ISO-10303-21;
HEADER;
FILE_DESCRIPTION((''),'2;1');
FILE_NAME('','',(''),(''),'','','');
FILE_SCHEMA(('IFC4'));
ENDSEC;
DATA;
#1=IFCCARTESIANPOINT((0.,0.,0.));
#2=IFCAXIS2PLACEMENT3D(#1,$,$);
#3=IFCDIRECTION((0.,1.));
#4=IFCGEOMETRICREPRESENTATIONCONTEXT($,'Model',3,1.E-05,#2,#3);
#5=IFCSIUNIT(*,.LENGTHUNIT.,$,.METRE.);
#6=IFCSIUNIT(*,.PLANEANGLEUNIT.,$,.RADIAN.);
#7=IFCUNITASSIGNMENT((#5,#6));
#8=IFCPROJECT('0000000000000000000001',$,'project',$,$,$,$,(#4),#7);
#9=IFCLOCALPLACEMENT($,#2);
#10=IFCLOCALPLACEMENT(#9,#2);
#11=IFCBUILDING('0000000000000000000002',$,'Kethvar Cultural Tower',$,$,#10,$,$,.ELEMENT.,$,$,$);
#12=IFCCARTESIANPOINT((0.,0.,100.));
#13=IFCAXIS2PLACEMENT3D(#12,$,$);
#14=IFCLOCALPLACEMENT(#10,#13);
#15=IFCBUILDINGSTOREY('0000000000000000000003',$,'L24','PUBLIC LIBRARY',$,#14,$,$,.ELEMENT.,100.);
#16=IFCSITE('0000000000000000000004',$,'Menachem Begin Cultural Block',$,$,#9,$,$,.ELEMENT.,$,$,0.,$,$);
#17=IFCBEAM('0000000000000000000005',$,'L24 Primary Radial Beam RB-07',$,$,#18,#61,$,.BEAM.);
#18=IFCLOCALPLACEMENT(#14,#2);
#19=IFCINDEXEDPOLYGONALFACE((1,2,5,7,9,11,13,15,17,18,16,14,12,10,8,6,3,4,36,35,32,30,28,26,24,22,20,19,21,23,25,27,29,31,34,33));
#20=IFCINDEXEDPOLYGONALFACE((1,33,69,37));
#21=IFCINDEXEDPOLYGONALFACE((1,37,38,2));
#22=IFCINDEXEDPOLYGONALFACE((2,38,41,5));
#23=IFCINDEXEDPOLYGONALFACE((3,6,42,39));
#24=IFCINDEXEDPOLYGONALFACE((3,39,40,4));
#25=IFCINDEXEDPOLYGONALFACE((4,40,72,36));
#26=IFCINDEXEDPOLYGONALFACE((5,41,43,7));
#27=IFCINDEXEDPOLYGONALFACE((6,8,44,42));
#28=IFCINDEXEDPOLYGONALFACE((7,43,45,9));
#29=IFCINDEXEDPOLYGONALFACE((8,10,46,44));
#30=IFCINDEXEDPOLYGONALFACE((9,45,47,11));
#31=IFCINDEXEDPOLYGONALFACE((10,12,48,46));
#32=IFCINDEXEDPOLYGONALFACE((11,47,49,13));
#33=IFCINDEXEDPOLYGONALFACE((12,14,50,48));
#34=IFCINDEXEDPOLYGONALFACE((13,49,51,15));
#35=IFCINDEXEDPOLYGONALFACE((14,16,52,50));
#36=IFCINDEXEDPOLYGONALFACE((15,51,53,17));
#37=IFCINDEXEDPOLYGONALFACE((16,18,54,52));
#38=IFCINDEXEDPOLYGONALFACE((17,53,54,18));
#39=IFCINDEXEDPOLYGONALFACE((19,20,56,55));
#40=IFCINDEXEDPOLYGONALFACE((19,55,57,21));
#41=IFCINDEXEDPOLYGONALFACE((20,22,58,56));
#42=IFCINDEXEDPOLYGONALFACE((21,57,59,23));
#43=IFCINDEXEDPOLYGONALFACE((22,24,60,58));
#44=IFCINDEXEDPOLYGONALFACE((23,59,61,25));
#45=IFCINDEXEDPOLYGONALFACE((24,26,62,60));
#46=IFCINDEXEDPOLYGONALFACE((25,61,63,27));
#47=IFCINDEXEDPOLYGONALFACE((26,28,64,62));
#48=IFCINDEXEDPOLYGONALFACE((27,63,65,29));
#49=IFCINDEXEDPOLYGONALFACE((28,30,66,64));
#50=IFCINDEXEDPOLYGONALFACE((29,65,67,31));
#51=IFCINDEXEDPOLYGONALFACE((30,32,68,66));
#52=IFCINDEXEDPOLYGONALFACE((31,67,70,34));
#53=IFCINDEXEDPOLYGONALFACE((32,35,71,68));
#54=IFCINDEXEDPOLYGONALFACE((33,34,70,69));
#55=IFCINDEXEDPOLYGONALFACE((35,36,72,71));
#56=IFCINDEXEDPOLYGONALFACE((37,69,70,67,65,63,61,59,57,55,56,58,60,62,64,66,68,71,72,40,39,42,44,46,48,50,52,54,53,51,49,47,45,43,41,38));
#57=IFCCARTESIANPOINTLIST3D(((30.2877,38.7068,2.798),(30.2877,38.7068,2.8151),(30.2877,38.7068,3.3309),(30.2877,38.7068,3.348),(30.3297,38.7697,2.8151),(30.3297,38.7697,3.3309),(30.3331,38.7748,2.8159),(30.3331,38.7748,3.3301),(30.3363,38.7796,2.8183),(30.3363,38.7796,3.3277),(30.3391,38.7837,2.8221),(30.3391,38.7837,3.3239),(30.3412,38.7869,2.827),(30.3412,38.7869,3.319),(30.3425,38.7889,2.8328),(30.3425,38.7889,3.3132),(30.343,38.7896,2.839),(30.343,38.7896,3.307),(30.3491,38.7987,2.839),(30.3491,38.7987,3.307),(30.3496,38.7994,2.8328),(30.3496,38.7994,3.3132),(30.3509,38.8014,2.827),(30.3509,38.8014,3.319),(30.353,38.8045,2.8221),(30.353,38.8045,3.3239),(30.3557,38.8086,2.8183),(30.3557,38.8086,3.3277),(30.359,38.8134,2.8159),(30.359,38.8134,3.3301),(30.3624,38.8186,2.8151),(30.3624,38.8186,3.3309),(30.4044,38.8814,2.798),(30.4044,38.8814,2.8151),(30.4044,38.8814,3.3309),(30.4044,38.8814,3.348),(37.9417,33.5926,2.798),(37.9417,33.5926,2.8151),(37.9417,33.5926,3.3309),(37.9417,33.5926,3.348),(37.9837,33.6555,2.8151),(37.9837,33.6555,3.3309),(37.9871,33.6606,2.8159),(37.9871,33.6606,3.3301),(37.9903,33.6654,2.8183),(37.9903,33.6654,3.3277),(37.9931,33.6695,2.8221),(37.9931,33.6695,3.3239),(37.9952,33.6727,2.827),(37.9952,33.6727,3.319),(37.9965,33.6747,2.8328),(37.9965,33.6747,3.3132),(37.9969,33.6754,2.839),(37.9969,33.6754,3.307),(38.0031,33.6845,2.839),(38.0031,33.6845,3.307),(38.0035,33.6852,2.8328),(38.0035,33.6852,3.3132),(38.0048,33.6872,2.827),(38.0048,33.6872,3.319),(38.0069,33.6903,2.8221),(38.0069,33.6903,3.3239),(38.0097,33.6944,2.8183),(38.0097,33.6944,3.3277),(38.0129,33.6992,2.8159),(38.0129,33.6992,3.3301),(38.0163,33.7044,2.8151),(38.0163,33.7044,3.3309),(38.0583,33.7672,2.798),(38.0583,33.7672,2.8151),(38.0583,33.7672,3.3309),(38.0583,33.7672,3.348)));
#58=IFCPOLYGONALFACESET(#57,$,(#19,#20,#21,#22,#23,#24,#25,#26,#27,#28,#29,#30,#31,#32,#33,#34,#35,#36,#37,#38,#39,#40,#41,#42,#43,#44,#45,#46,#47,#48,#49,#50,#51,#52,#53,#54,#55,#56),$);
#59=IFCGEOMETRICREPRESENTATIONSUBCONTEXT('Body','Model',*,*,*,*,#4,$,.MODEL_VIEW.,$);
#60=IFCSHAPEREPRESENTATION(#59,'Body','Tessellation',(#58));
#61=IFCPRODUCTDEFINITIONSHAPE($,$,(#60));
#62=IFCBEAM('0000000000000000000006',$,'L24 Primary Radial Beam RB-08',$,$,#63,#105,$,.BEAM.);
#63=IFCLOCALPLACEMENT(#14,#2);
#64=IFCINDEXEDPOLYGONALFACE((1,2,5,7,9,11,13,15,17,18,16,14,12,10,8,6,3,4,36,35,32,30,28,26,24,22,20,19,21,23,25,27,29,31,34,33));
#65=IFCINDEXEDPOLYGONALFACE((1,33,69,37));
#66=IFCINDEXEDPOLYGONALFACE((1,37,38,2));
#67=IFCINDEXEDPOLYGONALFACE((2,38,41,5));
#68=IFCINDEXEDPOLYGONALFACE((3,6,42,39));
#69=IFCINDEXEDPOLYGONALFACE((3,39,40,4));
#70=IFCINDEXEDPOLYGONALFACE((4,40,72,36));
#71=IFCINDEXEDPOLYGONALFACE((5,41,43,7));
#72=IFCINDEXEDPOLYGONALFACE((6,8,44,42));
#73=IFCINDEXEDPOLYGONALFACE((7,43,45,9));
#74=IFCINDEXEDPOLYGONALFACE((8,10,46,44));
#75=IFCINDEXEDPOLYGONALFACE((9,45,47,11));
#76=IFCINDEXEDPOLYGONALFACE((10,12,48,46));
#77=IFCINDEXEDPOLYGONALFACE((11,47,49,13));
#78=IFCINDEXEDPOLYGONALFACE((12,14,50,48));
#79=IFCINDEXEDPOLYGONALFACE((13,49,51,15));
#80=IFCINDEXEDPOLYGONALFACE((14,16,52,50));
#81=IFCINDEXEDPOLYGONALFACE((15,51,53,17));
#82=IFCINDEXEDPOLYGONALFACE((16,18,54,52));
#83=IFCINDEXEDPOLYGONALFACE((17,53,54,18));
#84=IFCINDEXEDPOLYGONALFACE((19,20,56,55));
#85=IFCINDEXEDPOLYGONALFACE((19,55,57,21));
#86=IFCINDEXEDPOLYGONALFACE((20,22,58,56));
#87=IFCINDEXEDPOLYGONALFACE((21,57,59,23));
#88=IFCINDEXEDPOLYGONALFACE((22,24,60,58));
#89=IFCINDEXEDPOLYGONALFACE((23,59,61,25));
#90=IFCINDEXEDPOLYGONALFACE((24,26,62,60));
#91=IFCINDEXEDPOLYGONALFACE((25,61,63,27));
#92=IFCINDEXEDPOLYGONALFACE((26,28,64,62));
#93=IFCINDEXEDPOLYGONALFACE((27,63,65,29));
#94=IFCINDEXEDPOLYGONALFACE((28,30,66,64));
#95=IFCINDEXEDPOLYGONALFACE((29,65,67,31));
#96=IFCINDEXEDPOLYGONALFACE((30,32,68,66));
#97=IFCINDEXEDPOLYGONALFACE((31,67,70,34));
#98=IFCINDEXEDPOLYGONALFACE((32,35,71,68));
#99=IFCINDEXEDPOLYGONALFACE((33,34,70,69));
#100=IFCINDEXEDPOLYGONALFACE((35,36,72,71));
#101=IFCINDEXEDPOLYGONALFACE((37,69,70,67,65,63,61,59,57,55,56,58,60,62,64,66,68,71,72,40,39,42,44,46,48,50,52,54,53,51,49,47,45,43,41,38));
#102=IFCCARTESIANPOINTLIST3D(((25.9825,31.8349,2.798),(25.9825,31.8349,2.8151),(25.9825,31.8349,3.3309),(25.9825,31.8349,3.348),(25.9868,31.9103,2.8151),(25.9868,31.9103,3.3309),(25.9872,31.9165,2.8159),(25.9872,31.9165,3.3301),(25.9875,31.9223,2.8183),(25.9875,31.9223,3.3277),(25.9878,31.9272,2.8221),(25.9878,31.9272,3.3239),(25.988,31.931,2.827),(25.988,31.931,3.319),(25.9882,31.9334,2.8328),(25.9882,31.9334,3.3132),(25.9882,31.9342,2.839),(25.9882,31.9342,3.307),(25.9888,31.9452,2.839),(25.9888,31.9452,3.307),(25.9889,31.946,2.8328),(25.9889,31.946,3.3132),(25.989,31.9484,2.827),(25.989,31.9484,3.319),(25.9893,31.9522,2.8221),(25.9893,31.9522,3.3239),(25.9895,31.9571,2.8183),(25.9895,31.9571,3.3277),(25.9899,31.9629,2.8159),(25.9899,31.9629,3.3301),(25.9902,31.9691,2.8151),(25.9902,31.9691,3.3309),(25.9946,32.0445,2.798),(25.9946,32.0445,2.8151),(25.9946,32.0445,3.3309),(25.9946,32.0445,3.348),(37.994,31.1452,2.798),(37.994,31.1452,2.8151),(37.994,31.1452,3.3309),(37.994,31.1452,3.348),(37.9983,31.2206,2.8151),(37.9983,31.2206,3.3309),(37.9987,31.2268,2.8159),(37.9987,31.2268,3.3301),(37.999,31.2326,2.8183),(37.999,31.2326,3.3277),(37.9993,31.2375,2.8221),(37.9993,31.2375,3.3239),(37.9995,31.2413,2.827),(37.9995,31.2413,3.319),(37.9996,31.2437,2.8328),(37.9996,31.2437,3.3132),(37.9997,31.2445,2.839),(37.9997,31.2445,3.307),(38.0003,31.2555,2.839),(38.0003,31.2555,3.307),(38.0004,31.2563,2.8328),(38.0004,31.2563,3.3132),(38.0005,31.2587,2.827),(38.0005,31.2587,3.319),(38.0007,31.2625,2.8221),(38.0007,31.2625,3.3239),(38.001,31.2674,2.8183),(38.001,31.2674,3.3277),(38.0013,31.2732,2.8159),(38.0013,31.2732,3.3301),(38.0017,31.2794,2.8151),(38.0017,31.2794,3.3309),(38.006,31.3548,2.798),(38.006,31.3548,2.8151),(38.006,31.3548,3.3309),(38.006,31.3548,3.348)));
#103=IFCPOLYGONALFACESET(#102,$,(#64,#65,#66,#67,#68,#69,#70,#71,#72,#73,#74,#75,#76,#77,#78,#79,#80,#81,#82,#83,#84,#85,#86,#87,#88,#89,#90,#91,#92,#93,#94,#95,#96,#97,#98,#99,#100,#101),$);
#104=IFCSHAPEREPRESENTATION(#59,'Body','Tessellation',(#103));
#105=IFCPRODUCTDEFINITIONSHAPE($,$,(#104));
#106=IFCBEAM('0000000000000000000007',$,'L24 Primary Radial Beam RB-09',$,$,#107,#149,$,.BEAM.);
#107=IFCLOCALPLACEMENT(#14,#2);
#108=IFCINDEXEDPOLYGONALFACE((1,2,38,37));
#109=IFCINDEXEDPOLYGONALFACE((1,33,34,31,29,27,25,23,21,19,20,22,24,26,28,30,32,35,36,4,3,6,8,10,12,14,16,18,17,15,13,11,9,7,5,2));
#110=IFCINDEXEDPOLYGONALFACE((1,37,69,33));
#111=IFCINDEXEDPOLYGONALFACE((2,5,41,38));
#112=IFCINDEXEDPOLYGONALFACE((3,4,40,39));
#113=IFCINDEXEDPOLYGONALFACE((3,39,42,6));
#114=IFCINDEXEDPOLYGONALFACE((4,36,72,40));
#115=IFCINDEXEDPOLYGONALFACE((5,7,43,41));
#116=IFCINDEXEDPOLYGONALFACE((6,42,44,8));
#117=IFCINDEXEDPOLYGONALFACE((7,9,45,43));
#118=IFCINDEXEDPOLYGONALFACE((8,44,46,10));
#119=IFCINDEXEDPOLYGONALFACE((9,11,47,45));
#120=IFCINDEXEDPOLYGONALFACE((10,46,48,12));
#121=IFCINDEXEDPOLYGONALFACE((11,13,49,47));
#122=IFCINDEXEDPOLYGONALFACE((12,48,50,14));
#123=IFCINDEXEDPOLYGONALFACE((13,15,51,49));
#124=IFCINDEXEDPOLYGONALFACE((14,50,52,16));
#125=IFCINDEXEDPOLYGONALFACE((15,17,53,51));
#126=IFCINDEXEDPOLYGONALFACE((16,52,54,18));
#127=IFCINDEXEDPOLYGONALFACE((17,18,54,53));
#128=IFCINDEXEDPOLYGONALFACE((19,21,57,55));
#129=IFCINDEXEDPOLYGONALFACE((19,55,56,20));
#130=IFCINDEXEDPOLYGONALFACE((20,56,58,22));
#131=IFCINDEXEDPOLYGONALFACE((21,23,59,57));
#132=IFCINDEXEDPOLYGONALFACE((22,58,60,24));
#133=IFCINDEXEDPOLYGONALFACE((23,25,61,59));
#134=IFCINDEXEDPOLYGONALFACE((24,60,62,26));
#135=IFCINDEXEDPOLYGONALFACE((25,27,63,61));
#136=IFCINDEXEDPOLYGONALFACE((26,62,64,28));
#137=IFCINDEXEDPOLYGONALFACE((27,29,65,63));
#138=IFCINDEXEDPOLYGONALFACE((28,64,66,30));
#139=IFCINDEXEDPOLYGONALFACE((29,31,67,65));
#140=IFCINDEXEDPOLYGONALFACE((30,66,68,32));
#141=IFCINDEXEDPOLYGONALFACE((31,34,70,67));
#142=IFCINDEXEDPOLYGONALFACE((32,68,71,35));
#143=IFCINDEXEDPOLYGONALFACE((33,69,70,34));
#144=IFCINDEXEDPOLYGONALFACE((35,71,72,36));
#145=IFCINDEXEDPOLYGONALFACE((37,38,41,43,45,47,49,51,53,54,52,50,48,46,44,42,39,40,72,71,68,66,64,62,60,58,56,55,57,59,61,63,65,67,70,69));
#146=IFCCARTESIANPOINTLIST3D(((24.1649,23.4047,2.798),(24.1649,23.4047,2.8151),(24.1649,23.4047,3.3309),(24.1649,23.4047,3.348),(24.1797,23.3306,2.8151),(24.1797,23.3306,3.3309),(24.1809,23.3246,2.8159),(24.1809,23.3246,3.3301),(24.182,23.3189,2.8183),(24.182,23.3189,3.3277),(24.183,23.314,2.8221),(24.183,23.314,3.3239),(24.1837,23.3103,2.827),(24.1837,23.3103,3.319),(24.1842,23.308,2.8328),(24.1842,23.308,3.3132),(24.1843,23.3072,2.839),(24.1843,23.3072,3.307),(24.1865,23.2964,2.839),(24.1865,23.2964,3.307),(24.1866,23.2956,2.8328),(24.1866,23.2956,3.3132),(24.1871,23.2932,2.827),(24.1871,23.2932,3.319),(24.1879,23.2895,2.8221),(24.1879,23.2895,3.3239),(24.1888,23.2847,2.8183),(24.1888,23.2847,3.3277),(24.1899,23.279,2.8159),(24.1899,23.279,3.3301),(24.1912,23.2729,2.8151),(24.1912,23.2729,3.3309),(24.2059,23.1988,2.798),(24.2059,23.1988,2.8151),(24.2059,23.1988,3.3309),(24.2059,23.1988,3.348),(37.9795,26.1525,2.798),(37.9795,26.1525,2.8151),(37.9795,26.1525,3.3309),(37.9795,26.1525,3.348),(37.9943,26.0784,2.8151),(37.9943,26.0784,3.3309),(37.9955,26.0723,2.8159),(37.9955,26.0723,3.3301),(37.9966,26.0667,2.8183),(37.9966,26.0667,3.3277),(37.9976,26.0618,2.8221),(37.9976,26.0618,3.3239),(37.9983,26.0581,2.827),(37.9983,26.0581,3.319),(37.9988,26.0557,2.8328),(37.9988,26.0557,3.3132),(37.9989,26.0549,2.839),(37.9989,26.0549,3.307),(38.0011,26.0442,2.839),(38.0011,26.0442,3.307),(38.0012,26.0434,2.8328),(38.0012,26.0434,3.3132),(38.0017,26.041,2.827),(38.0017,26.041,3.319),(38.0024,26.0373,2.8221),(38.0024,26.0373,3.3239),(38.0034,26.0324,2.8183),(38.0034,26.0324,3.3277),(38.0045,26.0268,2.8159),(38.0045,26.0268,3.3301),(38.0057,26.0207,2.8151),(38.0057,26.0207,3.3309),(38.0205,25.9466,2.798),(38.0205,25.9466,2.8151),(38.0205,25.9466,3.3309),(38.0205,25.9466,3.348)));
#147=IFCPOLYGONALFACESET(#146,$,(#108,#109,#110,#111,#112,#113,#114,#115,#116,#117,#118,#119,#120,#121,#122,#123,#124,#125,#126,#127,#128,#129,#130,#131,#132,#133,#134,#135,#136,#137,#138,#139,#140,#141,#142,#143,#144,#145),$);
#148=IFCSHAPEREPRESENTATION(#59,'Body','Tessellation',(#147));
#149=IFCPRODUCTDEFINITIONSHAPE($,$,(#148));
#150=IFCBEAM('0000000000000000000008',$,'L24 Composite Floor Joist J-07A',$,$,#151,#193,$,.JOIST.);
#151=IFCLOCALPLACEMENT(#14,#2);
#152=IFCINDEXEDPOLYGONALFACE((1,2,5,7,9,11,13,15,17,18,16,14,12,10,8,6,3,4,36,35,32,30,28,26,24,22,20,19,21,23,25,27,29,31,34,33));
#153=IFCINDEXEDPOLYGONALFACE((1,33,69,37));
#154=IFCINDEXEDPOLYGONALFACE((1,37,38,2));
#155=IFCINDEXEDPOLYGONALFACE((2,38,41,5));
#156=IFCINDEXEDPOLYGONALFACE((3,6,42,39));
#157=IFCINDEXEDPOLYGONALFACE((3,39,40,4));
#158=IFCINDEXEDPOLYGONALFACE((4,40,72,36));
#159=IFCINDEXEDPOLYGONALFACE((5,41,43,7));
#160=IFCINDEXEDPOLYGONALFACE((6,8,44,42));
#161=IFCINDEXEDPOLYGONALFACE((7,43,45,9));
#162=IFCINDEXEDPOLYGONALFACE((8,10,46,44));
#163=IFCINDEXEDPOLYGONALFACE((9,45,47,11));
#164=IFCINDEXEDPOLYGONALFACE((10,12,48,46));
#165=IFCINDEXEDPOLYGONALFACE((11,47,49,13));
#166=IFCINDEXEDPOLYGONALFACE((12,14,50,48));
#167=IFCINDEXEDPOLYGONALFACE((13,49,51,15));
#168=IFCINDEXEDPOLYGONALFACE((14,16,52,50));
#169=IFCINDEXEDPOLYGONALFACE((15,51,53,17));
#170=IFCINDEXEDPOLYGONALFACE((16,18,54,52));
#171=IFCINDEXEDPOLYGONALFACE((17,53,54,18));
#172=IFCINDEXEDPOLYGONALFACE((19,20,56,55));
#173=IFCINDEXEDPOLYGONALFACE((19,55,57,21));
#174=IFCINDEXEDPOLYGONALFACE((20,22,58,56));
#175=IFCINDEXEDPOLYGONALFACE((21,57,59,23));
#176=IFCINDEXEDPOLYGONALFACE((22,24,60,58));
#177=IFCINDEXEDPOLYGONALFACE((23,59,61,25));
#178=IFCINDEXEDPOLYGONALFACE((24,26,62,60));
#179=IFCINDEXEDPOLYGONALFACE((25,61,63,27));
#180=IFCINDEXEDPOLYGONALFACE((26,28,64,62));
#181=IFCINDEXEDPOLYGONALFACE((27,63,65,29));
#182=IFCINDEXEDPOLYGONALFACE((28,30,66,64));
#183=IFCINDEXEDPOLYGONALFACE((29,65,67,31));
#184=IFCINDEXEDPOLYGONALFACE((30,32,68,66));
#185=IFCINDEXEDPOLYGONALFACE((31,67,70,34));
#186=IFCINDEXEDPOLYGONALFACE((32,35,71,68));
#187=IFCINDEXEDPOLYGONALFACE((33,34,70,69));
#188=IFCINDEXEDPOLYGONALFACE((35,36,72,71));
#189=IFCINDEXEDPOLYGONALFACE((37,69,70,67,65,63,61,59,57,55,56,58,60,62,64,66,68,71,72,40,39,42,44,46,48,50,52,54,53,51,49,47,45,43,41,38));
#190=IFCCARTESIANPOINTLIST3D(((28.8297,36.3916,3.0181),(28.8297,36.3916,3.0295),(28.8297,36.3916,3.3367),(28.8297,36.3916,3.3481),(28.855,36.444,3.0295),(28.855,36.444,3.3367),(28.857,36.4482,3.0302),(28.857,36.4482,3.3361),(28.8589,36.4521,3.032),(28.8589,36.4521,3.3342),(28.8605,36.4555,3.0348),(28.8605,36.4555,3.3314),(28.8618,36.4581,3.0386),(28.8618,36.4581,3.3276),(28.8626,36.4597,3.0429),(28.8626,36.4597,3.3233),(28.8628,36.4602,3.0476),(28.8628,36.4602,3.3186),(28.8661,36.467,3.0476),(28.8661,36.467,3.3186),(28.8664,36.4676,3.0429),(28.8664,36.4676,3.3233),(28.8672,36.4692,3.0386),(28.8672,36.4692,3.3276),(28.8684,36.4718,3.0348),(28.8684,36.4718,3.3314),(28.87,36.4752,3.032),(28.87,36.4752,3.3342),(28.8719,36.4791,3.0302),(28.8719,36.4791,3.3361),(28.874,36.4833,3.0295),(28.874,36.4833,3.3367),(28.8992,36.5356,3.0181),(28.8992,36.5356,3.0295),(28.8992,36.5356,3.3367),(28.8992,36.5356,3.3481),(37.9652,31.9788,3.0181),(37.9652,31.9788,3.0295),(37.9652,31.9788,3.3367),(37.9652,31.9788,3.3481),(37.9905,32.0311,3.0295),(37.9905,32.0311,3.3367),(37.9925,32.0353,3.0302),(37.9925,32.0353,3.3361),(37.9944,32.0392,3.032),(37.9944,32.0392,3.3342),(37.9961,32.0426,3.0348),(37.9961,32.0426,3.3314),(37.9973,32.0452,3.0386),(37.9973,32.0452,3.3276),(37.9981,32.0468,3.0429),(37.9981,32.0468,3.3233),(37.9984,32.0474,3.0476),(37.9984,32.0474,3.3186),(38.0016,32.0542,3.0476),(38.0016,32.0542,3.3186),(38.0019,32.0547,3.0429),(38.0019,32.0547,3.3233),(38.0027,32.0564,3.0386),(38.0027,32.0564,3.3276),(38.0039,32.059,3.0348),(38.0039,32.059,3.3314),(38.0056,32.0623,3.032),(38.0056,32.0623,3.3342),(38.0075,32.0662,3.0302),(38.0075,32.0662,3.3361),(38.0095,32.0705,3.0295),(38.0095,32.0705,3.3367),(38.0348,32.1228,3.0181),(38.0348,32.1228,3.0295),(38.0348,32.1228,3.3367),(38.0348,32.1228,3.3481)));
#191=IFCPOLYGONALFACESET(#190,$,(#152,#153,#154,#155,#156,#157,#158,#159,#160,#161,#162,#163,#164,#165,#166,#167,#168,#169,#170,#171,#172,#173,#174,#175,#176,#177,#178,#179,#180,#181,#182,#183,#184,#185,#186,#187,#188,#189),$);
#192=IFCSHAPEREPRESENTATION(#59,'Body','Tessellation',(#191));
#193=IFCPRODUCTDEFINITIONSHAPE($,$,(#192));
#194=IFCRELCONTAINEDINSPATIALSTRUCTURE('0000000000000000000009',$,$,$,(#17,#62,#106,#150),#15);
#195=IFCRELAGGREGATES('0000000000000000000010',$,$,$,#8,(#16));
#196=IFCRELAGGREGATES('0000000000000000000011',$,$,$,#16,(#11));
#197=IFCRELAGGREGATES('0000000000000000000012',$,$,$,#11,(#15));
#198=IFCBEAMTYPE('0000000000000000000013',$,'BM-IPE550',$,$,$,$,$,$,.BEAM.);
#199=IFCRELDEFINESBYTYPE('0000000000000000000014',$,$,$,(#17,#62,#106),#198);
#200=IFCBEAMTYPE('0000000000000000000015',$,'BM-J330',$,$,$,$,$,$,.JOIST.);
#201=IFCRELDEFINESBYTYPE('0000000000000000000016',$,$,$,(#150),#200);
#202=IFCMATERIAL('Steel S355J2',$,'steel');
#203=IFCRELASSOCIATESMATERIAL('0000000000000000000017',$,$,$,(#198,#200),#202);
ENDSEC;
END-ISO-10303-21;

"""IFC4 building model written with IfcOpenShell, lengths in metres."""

from ifc_helpers import new_model, si_unit, direction, frame, origin, origin_2d, place, context, subcontext, project, spatial, i_section, extrude, source, transform, mapped, material, material_profile, profile_set, type_object, element, save


model = new_model("IFC4")

# Units and contexts
model_context = context("Model", 3, precision=1e-05, world=origin(), true_north=direction((0.0, 1.0)))
body_context = subcontext(model_context, "Body", "Model", "MODEL_VIEW")
ifc_project = project(units=[si_unit("LENGTHUNIT", "METRE"), si_unit("PLANEANGLEUNIT", "RADIAN")], contexts=[model_context])

# Site, building, storey
site_placement = place(None, origin())
site = spatial("IfcSite", under=ifc_project, at=site_placement, Name="Menachem Begin Cultural Block", CompositionType="ELEMENT", RefElevation=0.0)
building_placement = place(site_placement, origin())
building = spatial("IfcBuilding", under=site, at=building_placement, Name="Kethvar Cultural Tower", CompositionType="ELEMENT")
storey_placement = place(building_placement, frame((0.0, 0.0, 100.0)))
storey = spatial("IfcBuildingStorey", under=building, at=storey_placement, Name="L24", Description="PUBLIC LIBRARY", CompositionType="ELEMENT", Elevation=100.0)

# Beams
ifc_material_1 = material(Name="Steel S355J2", Category="steel")
ifc_material_profile_1 = material_profile(ifc_material_1, i_section(OverallWidth=0.21, OverallDepth=0.55, WebThickness=0.011, FlangeThickness=0.0171, FilletRadius=0.0239, at=origin_2d()), Name="Steel S355J2 — IPE550")
ifc_profile_set_1 = profile_set([ifc_material_profile_1], Name="Steel S355J2 — IPE550")
beam_type_1 = type_object("IfcBeamType", Name="BM-IPE550", PredefinedType="BEAM", material=ifc_profile_set_1)
shared_shape_1 = source(origin(), body_context, "Body", "SweptSolid", [
    extrude(i_section(OverallWidth=0.21, OverallDepth=0.55, WebThickness=0.011, FlangeThickness=0.0171, FilletRadius=0.0239, at=origin_2d()), origin(), (0.0, 0.0, 1.0), 9.2053),
])
beam_1_placement = place(storey_placement, frame((38.0, 33.6799, 3.073), z_axis=(-0.83147, 0.555569, 0.0), x_axis=(-0.555569, -0.83147, 0.0)))
element("IfcBeam", 1, at=beam_1_placement, inside=storey, type_object=beam_type_1, Name="L24 Primary Radial Beam RB-07", PredefinedType="BEAM", context=body_context, shape_type="MappedRepresentation", body=[
    mapped(shared_shape_1, transform((0.0, 0.0, 0.0), scale=1.0)),
])
shared_shape_2 = source(origin(), body_context, "Body", "SweptSolid", [
    extrude(i_section(OverallWidth=0.21, OverallDepth=0.55, WebThickness=0.011, FlangeThickness=0.0171, FilletRadius=0.0239, at=origin_2d()), origin(), (0.0, 0.0, 1.0), 12.0312),
])
beam_2_placement = place(storey_placement, frame((38.0, 31.25, 3.073), z_axis=(-0.998356, 0.057325, 0.0), x_axis=(-0.057325, -0.998356, 0.0)))
element("IfcBeam", 2, at=beam_2_placement, inside=storey, type_object=beam_type_1, Name="L24 Primary Radial Beam RB-08", PredefinedType="BEAM", context=body_context, shape_type="MappedRepresentation", body=[
    mapped(shared_shape_2, transform((0.0, 0.0, 0.0), scale=1.0)),
])
shared_shape_3 = source(origin(), body_context, "Body", "SweptSolid", [
    extrude(i_section(OverallWidth=0.21, OverallDepth=0.55, WebThickness=0.011, FlangeThickness=0.0171, FilletRadius=0.0239, at=origin_2d()), origin(), (0.0, 0.0, 1.0), 14.0852),
])
beam_3_placement = place(storey_placement, frame((38.0, 26.0496, 3.073), z_axis=(-0.980787, -0.195083, 0.0), x_axis=(0.195083, -0.980787, 0.0)))
element("IfcBeam", 3, at=beam_3_placement, inside=storey, type_object=beam_type_1, Name="L24 Primary Radial Beam RB-09", PredefinedType="BEAM", context=body_context, shape_type="MappedRepresentation", body=[
    mapped(shared_shape_3, transform((0.0, 0.0, 0.0), scale=1.0)),
])
ifc_material_profile_2 = material_profile(ifc_material_1, i_section(OverallWidth=0.1599, OverallDepth=0.3301, WebThickness=0.0076, FlangeThickness=0.0115, FilletRadius=0.0181, at=origin_2d()), Name="Steel S355J2 — IPE330")
ifc_profile_set_2 = profile_set([ifc_material_profile_2], Name="Steel S355J2 — IPE330")
beam_type_2 = type_object("IfcBeamType", Name="BM-J330", PredefinedType="JOIST", material=ifc_profile_set_2)
shared_shape_4 = source(origin(), body_context, "Body", "SweptSolid", [
    extrude(i_section(OverallWidth=0.1599, OverallDepth=0.3301, WebThickness=0.0076, FlangeThickness=0.0115, FilletRadius=0.0181, at=origin_2d()), origin(), (0.0, 0.0, 1.0), 10.1455),
])
beam_4_placement = place(storey_placement, frame((38.0, 32.0508, 3.1831), z_axis=(-0.900451, 0.434957, 0.0), x_axis=(-0.434957, -0.900451, 0.0)))
element("IfcBeam", 4, at=beam_4_placement, inside=storey, type_object=beam_type_2, Name="L24 Composite Floor Joist J-07A", PredefinedType="JOIST", context=body_context, shape_type="MappedRepresentation", body=[
    mapped(shared_shape_4, transform((0.0, 0.0, 0.0), scale=1.0)),
])

save(model, "model.ifc")
